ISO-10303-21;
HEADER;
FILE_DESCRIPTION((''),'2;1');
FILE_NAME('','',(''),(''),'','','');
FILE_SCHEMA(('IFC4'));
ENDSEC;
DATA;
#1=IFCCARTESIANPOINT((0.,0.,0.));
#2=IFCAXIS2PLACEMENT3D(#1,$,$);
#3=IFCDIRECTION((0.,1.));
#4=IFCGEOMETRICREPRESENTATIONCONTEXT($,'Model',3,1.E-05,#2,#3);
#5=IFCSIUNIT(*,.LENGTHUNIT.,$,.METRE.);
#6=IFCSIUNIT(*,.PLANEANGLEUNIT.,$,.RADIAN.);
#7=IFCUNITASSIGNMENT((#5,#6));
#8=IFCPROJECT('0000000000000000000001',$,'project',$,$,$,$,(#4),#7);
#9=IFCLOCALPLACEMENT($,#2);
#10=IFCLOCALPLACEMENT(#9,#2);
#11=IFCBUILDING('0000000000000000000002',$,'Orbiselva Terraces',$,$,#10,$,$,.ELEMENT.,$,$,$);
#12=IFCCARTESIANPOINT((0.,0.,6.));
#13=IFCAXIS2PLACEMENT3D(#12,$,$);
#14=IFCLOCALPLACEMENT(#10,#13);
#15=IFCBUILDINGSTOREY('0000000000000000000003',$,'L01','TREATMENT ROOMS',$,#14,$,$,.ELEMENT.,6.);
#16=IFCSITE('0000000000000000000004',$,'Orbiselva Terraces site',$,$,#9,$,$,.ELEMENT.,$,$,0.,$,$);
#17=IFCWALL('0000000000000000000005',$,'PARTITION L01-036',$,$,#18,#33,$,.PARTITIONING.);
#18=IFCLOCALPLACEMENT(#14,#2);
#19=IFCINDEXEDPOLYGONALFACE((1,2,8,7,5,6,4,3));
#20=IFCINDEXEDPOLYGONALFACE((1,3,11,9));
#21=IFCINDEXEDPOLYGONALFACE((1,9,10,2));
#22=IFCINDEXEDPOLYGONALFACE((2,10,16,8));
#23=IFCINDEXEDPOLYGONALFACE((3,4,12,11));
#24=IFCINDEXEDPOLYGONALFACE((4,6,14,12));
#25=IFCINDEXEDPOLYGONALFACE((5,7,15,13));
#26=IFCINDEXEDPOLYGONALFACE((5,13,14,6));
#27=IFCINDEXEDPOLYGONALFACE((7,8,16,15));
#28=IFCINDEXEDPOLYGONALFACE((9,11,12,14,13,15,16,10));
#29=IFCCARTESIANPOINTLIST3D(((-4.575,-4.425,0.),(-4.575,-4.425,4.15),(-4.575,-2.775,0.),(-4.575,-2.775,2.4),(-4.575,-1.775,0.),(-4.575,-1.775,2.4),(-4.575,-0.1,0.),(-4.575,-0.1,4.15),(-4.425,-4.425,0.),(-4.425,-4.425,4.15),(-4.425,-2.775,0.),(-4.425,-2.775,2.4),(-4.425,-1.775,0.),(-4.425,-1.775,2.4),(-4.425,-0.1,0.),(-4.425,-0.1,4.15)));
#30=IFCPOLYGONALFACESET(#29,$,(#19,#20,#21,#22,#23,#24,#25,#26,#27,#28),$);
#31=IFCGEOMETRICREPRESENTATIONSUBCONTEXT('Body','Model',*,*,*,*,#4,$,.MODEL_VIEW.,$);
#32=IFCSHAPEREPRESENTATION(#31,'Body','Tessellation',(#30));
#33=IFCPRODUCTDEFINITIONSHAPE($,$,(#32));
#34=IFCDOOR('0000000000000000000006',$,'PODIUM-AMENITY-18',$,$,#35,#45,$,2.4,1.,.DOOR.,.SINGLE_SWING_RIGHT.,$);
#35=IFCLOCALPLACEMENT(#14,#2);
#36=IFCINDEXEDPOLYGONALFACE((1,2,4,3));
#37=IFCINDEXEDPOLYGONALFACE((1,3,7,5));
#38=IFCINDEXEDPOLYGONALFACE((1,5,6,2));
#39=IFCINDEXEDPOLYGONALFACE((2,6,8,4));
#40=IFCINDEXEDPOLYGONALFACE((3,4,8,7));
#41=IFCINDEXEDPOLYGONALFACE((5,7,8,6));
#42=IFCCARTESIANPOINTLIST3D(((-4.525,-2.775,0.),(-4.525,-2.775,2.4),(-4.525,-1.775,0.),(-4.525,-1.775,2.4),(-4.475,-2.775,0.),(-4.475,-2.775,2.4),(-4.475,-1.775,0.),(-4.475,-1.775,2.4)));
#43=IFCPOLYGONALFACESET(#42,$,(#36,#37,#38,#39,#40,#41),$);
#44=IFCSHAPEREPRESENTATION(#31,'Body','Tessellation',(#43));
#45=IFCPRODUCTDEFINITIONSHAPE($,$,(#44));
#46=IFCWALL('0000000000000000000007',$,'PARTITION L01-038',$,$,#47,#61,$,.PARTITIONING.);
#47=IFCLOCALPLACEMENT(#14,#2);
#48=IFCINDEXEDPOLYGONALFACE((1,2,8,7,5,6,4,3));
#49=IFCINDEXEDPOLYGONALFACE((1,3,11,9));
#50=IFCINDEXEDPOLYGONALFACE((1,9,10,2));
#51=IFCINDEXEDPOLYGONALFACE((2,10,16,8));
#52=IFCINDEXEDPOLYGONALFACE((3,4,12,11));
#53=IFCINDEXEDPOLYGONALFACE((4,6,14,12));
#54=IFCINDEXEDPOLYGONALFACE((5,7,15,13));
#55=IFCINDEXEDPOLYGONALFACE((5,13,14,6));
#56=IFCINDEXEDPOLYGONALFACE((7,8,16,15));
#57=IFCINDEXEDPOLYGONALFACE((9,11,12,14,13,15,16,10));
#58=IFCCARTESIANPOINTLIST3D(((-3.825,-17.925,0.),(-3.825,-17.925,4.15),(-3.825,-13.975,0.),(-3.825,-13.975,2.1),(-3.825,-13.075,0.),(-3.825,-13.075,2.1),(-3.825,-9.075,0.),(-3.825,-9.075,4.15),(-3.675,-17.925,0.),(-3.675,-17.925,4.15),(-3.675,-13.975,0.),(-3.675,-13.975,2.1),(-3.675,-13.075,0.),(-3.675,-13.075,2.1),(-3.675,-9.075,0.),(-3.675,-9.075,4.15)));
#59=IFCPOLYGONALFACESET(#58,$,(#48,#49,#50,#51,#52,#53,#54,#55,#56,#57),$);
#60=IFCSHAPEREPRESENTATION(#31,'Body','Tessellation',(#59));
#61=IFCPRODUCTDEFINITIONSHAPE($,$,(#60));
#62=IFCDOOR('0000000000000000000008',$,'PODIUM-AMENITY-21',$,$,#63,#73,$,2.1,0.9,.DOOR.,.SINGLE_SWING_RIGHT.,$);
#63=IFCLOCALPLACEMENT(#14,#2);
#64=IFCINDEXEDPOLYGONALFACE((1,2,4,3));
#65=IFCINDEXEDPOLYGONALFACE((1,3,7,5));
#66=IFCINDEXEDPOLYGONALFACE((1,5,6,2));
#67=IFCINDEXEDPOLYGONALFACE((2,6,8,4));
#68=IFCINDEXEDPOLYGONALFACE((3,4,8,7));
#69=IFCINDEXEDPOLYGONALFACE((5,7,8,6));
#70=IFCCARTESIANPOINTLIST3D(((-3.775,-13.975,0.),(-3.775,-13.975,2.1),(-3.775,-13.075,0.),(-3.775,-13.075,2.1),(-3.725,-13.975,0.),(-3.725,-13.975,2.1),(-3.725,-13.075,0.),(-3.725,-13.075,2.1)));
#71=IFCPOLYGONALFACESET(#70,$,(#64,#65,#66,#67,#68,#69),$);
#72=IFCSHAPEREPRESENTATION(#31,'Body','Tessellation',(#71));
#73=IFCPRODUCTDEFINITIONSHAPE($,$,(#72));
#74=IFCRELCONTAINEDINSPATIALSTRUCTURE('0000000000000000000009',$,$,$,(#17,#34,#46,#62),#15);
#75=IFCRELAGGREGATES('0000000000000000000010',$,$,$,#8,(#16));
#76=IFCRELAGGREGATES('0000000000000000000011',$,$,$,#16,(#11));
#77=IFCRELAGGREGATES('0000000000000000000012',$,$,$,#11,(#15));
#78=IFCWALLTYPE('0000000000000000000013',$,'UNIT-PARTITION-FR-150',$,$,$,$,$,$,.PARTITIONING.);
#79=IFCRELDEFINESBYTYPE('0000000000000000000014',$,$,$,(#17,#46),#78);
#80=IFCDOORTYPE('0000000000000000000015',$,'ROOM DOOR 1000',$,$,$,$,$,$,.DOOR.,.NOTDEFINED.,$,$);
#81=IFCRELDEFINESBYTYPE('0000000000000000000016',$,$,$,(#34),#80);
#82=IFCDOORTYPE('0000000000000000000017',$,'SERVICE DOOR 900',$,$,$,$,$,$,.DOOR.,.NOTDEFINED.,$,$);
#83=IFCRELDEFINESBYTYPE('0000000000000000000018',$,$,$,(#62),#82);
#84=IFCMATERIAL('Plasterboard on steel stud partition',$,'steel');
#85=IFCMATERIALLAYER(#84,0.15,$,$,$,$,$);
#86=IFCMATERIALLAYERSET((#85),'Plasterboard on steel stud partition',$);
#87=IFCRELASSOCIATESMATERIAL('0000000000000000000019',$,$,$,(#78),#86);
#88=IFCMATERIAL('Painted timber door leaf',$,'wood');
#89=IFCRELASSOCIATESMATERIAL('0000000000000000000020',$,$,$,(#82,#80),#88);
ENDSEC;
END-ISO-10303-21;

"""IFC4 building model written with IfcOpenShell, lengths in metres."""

from ifc_helpers import new_model, si_unit, direction, frame, frame_2d, origin, place, context, subcontext, project, spatial, rectangle, extrude, material, layer, layer_set, type_object, element, fill, save


model = new_model("IFC4")

# Units and contexts
model_context = context("Model", 3, precision=1e-05, world=origin(), true_north=direction((0.0, 1.0)))
body_context = subcontext(model_context, "Body", "Model", "MODEL_VIEW")
ifc_project = project(units=[si_unit("LENGTHUNIT", "METRE"), si_unit("PLANEANGLEUNIT", "RADIAN")], contexts=[model_context])

# Site, building, storey
site_placement = place(None, origin())
site = spatial("IfcSite", under=ifc_project, at=site_placement, Name="Orbiselva Terraces site", CompositionType="ELEMENT", RefElevation=0.0)
building_placement = place(site_placement, origin())
building = spatial("IfcBuilding", under=site, at=building_placement, Name="Orbiselva Terraces", CompositionType="ELEMENT")
storey_placement = place(building_placement, frame((0.0, 0.0, 6.0)))
storey = spatial("IfcBuildingStorey", under=building, at=storey_placement, Name="L01", Description="TREATMENT ROOMS", CompositionType="ELEMENT", Elevation=6.0)

# Shared definitions
ifc_material_1 = material(Name="Plasterboard on steel stud partition", Category="steel")
ifc_material_2 = material(Name="Painted timber door leaf", Category="wood")

# Shared definitions
ifc_layer_1 = layer(ifc_material_1, 0.15)
ifc_layer_set_1 = layer_set([ifc_layer_1], Name="Plasterboard on steel stud partition")
wall_type_1 = type_object("IfcWallType", Name="UNIT-PARTITION-FR-150", PredefinedType="PARTITIONING", material=ifc_layer_set_1)
door_type_1 = type_object("IfcDoorType", Name="SERVICE DOOR 900", OperationType="NOTDEFINED", PredefinedType="DOOR", material=ifc_material_2)

# Walls, openings, doors
wall_1_placement = place(storey_placement, frame((-4.5, -0.1, 0.0), z_axis=(0.0, 0.0, 1.0), x_axis=(0.0, -1.0, 0.0)))
wall_1 = element("IfcWall", 1, at=wall_1_placement, inside=storey, type_object=wall_type_1, Name="PARTITION L01-036", PredefinedType="PARTITIONING", context=body_context, shape_type="SweptSolid", body=[
    extrude(rectangle(XDim=4.325, YDim=0.15, at=frame_2d((2.1625, 0.0))), origin(), (0.0, 0.0, 1.0), 4.15),
])
opening_1_placement = place(wall_1_placement, frame((1.675, 0.0, 0.0)))
opening_1 = element("IfcOpeningElement", 2, at=opening_1_placement, cuts=wall_1, PredefinedType="OPENING", context=body_context, shape_type="SweptSolid", body=[
    extrude(rectangle(XDim=1.0, YDim=2.4, at=frame_2d((0.5, 1.2))), frame((0.0, 0.085, 0.0), z_axis=(0.0, -1.0, 0.0), x_axis=(1.0, 0.0, 0.0)), (0.0, 0.0, 1.0), 0.17),
])
door_type_2 = type_object("IfcDoorType", Name="ROOM DOOR 1000", OperationType="NOTDEFINED", PredefinedType="DOOR", material=ifc_material_2)
door_1_placement = place(opening_1_placement, origin())
door_1 = element("IfcDoor", 3, at=door_1_placement, inside=storey, type_object=door_type_2, Name="PODIUM-AMENITY-18", OperationType="SINGLE_SWING_RIGHT", OverallHeight=2.4, OverallWidth=1.0, PredefinedType="DOOR", context=body_context, shape_type="SweptSolid", body=[
    extrude(rectangle(XDim=1.0, YDim=2.4, at=frame_2d((0.5, 1.2))), frame((0.0, 0.025, 0.0), z_axis=(0.0, -1.0, 0.0), x_axis=(1.0, 0.0, 0.0)), (0.0, 0.0, 1.0), 0.05),
])
fill(opening_1, door_1)
wall_2_placement = place(storey_placement, frame((-3.75, -9.075, 0.0), z_axis=(0.0, 0.0, 1.0), x_axis=(0.0, -1.0, 0.0)))
wall_2 = element("IfcWall", 4, at=wall_2_placement, inside=storey, type_object=wall_type_1, Name="PARTITION L01-038", PredefinedType="PARTITIONING", context=body_context, shape_type="SweptSolid", body=[
    extrude(rectangle(XDim=8.85, YDim=0.15, at=frame_2d((4.425, 0.0))), origin(), (0.0, 0.0, 1.0), 4.15),
])
opening_2_placement = place(wall_2_placement, frame((4.0, 0.0, 0.0)))
opening_2 = element("IfcOpeningElement", 5, at=opening_2_placement, cuts=wall_2, PredefinedType="OPENING", context=body_context, shape_type="SweptSolid", body=[
    extrude(rectangle(XDim=0.9, YDim=2.1, at=frame_2d((0.45, 1.05))), frame((0.0, 0.085, 0.0), z_axis=(0.0, -1.0, 0.0), x_axis=(1.0, 0.0, 0.0)), (0.0, 0.0, 1.0), 0.17),
])
door_2_placement = place(opening_2_placement, origin())
door_2 = element("IfcDoor", 6, at=door_2_placement, inside=storey, type_object=door_type_1, Name="PODIUM-AMENITY-21", OperationType="SINGLE_SWING_RIGHT", OverallHeight=2.1, OverallWidth=0.9, PredefinedType="DOOR", context=body_context, shape_type="SweptSolid", body=[
    extrude(rectangle(XDim=0.9, YDim=2.1, at=frame_2d((0.45, 1.05))), frame((0.0, 0.025, 0.0), z_axis=(0.0, -1.0, 0.0), x_axis=(1.0, 0.0, 0.0)), (0.0, 0.0, 1.0), 0.05),
])
fill(opening_2, door_2)

save(model, "model.ifc")
